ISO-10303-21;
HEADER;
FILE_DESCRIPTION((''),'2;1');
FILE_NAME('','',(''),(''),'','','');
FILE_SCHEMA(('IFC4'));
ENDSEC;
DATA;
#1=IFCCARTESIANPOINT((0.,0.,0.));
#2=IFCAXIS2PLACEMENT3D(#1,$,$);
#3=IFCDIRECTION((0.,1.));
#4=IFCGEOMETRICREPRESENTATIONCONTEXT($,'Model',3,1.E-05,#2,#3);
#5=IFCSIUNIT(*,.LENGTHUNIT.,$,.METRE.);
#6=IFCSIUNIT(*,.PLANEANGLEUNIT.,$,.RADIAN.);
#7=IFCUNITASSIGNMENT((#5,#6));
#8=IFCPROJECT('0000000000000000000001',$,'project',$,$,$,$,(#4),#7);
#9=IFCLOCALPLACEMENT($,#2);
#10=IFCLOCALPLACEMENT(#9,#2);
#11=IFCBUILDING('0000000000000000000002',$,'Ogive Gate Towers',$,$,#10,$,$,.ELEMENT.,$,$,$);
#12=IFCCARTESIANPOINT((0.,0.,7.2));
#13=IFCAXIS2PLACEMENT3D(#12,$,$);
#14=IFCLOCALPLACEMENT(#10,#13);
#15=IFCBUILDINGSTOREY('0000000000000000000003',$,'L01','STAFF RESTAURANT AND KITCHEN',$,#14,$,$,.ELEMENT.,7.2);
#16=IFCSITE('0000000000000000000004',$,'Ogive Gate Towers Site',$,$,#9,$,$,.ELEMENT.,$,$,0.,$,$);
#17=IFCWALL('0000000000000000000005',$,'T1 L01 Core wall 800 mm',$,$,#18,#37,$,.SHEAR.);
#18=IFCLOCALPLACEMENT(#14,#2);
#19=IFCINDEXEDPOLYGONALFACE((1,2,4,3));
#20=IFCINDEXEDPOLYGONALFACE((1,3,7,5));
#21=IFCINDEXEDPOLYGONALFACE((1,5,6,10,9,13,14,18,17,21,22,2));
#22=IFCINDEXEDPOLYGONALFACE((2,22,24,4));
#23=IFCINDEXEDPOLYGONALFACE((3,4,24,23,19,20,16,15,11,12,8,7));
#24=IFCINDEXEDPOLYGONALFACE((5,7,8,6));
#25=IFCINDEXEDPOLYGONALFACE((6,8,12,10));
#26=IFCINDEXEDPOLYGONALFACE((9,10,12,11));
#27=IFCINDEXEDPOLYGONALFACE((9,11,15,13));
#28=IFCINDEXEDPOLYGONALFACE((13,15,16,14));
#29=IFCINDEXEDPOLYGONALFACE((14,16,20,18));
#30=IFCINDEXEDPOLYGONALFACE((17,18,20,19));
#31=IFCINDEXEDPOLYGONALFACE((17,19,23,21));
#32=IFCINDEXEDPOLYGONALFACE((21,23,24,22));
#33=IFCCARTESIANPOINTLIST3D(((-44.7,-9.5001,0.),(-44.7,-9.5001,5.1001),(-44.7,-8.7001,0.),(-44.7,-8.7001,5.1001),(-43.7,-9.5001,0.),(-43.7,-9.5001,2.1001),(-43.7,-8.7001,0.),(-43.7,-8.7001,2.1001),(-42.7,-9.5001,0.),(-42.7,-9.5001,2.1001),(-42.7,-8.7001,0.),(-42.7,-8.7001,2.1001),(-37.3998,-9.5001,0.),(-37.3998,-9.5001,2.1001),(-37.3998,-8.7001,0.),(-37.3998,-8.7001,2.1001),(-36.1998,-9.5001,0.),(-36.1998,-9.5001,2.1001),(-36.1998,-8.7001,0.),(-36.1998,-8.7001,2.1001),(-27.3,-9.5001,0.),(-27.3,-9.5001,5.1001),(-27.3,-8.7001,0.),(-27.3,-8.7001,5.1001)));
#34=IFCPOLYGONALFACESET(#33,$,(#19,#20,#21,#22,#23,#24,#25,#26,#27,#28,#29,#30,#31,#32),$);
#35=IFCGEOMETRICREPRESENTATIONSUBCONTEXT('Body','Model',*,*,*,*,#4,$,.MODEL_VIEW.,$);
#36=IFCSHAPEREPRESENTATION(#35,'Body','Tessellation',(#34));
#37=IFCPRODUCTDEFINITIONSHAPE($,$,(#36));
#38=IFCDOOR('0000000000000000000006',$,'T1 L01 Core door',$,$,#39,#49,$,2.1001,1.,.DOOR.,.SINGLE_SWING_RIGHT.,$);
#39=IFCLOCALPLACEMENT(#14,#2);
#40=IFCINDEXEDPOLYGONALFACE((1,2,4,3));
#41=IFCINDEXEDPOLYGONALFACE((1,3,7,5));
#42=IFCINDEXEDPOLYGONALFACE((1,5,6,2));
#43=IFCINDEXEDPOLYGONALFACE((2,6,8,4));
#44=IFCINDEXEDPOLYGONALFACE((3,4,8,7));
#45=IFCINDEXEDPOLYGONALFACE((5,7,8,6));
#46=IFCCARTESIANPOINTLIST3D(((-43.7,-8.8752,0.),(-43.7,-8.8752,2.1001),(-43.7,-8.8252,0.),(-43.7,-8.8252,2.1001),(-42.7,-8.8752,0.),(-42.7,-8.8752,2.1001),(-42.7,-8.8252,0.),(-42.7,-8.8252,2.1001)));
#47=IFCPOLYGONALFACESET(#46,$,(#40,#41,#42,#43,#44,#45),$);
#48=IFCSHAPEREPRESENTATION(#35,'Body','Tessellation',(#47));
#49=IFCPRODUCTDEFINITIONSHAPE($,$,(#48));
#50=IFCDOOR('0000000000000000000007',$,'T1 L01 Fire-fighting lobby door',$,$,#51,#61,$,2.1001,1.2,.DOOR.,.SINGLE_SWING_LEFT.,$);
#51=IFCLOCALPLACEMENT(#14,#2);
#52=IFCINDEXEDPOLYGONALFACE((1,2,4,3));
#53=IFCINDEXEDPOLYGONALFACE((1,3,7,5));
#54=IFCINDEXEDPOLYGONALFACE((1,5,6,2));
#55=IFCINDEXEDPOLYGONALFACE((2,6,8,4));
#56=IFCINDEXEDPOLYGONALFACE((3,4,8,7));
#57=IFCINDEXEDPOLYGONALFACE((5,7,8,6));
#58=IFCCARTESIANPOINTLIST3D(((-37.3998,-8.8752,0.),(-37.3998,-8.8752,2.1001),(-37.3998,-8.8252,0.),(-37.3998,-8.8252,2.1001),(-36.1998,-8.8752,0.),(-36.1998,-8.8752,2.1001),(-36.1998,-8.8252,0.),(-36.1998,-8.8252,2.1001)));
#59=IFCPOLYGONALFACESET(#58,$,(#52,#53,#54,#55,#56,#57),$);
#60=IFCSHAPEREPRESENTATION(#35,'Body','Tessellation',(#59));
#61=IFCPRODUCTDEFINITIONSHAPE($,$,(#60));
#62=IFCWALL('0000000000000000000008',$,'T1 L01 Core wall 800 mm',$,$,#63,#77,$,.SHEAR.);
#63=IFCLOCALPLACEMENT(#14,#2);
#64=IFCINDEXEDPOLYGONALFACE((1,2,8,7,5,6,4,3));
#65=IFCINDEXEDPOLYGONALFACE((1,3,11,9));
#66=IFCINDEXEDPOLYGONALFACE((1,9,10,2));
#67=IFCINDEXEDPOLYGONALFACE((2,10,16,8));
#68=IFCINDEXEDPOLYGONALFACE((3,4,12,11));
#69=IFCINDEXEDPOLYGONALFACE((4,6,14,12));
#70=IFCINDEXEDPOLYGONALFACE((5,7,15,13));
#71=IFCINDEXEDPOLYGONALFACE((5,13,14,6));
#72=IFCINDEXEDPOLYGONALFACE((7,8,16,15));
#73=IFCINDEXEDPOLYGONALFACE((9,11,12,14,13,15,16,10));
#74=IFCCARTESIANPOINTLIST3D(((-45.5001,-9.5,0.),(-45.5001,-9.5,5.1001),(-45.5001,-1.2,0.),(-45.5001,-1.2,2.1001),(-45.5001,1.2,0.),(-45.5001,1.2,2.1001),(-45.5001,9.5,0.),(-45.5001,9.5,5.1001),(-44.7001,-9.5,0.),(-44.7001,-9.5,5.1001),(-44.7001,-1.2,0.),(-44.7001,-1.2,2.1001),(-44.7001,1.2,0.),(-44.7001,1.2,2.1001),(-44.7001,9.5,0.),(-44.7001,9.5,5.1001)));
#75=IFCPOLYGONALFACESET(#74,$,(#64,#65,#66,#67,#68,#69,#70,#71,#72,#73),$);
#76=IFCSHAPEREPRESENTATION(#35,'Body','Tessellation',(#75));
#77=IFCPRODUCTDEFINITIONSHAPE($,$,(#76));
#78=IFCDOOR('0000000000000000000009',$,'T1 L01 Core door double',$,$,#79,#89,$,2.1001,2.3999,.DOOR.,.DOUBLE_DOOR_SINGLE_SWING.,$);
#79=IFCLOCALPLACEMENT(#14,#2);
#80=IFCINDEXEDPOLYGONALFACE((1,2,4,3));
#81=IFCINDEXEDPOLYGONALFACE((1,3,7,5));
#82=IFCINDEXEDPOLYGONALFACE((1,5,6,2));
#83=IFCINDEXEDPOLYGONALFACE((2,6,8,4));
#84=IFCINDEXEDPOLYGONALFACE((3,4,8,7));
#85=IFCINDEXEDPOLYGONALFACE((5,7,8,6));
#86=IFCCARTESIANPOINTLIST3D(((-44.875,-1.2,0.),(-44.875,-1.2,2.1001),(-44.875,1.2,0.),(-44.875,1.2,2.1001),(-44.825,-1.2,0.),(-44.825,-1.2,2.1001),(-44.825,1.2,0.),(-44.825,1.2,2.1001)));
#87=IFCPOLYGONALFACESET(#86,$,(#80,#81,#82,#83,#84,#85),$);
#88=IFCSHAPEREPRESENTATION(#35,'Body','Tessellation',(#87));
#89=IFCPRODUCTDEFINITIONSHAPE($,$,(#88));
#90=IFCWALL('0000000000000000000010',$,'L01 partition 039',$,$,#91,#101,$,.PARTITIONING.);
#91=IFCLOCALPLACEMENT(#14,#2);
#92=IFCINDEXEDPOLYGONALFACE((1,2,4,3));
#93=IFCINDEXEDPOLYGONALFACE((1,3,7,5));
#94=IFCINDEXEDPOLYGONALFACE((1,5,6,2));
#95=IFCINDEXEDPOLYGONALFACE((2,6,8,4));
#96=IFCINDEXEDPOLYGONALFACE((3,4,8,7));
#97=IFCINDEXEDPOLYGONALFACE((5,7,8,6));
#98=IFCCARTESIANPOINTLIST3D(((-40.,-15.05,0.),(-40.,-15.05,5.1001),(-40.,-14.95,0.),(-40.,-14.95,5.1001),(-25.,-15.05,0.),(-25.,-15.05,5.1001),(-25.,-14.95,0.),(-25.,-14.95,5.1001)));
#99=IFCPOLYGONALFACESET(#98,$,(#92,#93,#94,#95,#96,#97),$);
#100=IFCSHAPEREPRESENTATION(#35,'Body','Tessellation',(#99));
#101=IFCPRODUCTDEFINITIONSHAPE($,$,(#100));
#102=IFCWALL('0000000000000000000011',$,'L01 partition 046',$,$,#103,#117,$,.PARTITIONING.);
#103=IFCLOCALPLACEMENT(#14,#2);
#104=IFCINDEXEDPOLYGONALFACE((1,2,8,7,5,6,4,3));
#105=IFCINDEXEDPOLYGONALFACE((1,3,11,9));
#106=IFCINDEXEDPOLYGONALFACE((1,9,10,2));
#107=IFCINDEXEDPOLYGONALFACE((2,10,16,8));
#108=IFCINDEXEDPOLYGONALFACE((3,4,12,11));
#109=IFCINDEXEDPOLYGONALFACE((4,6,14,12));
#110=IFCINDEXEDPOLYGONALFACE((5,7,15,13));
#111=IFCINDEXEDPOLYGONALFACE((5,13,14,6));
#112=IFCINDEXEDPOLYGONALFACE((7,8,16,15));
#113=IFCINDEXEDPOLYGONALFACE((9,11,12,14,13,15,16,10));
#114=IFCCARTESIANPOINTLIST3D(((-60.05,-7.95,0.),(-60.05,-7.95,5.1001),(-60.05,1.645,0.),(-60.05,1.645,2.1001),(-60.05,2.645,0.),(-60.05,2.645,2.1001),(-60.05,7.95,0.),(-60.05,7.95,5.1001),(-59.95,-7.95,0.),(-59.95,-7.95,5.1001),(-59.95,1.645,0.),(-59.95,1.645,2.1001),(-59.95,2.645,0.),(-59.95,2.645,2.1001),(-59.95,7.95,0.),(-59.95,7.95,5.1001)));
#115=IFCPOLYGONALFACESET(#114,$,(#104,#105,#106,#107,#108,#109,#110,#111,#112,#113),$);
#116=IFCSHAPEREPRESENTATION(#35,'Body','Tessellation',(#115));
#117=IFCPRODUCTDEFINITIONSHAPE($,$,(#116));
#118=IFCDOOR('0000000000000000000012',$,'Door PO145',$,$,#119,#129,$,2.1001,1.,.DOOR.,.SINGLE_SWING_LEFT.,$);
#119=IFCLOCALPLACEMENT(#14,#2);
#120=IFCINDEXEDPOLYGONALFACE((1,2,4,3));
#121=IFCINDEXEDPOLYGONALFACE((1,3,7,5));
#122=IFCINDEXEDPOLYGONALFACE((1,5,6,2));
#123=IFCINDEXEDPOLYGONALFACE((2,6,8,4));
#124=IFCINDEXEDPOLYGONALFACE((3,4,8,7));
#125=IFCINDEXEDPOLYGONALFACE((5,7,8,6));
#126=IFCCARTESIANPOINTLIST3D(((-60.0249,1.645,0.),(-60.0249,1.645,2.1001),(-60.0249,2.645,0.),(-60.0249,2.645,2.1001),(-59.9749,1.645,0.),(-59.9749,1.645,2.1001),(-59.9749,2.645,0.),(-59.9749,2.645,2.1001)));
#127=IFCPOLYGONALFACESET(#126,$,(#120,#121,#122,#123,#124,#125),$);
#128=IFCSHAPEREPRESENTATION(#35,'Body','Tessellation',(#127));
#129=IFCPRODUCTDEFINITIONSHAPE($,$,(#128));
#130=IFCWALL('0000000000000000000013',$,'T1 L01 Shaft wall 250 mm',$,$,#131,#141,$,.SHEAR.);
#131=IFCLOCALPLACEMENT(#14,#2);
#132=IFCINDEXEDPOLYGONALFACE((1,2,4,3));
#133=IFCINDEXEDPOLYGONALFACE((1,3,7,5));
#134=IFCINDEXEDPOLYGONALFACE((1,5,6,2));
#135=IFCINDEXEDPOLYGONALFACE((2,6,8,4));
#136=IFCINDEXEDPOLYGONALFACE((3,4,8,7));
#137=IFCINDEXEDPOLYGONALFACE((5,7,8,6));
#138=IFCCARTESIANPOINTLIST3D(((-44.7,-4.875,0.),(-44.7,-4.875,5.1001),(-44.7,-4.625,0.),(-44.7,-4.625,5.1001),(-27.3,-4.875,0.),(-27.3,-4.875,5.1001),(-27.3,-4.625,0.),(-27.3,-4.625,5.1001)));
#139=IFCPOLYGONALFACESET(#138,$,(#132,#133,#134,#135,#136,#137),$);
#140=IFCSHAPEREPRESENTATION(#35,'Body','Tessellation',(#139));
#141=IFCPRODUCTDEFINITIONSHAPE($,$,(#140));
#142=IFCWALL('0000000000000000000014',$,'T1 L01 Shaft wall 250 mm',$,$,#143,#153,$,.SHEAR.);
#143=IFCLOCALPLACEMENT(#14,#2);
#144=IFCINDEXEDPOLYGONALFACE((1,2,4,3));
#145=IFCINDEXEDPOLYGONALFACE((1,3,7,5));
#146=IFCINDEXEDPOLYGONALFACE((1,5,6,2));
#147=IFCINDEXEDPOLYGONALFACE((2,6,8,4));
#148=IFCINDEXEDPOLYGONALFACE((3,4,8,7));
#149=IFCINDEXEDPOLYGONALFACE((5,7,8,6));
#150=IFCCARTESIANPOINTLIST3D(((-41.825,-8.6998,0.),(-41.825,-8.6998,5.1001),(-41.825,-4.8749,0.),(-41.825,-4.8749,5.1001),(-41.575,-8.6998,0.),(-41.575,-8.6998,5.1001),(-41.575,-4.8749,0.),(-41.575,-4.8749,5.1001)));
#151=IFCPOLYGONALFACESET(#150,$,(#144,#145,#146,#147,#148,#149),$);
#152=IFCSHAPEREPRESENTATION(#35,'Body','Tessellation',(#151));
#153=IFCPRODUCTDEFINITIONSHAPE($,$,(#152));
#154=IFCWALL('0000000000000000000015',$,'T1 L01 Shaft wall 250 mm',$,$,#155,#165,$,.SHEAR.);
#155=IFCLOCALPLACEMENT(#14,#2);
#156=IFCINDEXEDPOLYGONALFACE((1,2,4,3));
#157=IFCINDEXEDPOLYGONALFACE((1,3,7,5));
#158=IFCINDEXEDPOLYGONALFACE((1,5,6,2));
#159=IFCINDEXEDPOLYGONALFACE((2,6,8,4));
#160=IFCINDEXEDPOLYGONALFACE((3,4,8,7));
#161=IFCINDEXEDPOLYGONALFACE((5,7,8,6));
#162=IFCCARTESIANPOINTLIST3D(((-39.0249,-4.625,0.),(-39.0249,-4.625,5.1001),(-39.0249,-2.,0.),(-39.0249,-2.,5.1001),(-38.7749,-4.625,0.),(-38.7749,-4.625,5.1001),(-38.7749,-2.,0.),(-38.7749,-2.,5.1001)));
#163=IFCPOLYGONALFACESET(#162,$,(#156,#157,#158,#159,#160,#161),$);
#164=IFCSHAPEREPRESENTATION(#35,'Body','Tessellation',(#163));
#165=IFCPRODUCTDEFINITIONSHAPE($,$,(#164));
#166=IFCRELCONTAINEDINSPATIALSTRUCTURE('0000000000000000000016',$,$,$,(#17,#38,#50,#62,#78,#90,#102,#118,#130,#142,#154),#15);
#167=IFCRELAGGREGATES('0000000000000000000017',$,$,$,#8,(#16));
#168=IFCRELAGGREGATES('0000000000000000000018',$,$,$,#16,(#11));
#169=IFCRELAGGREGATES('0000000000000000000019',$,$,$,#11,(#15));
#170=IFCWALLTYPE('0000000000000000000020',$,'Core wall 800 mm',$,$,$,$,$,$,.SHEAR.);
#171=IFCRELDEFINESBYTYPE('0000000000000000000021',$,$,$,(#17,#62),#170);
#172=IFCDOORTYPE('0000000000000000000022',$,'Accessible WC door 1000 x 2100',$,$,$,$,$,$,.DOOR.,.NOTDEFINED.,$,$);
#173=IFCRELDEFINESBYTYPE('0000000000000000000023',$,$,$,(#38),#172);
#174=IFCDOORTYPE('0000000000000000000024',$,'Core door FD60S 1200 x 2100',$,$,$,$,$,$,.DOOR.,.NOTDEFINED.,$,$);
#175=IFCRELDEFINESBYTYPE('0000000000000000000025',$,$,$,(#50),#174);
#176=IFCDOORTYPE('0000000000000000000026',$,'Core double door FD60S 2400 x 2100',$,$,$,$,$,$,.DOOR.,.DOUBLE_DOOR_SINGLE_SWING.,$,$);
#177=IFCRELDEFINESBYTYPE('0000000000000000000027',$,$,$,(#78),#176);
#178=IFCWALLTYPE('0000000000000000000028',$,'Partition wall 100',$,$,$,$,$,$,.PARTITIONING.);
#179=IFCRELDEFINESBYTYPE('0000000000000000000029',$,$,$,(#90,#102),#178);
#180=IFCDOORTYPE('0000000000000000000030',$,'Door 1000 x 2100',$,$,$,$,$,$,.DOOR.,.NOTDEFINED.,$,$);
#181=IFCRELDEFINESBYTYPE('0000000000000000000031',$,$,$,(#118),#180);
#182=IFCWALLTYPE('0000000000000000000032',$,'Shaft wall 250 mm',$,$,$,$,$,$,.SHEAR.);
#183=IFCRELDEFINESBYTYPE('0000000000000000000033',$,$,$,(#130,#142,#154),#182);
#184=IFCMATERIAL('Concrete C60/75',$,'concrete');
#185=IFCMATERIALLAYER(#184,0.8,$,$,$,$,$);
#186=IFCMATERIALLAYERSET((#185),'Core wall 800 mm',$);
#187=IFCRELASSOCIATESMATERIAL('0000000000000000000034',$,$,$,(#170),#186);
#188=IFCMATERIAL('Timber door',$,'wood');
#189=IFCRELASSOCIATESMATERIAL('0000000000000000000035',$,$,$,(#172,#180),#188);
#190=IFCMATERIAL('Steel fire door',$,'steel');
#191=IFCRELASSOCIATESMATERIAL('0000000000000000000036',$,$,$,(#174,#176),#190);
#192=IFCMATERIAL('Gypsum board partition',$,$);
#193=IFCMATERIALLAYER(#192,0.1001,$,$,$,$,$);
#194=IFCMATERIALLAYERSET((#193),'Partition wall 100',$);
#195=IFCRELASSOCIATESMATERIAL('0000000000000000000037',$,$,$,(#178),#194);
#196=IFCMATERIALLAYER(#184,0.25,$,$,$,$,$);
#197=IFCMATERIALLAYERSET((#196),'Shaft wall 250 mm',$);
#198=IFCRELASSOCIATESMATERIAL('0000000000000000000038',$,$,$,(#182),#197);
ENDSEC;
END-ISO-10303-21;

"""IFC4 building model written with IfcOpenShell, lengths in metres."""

from ifc_helpers import new_model, si_unit, direction, frame, frame_2d, origin, place, context, subcontext, project, spatial, rectangle, extrude, material, layer, layer_set, type_object, element, fill, save


model = new_model("IFC4")

# Units and contexts
model_context = context("Model", 3, precision=1e-05, world=origin(), true_north=direction((0.0, 1.0)))
body_context = subcontext(model_context, "Body", "Model", "MODEL_VIEW")
ifc_project = project(units=[si_unit("LENGTHUNIT", "METRE"), si_unit("PLANEANGLEUNIT", "RADIAN")], contexts=[model_context])

# Site, building, storey
site_placement = place(None, origin())
site = spatial("IfcSite", under=ifc_project, at=site_placement, Name="Ogive Gate Towers Site", CompositionType="ELEMENT", RefElevation=0.0)
building_placement = place(site_placement, origin())
building = spatial("IfcBuilding", under=site, at=building_placement, Name="Ogive Gate Towers", CompositionType="ELEMENT")
storey_placement = place(building_placement, frame((0.0, 0.0, 7.2)))
storey = spatial("IfcBuildingStorey", under=building, at=storey_placement, Name="L01", Description="STAFF RESTAURANT AND KITCHEN", CompositionType="ELEMENT", Elevation=7.2)

# Wall, openings, doors
ifc_material_1 = material(Name="Concrete C60/75", Category="concrete")
ifc_layer_1 = layer(ifc_material_1, 0.8)
ifc_layer_set_1 = layer_set([ifc_layer_1], Name="Core wall 800 mm")
wall_type_1 = type_object("IfcWallType", Name="Core wall 800 mm", PredefinedType="SHEAR", material=ifc_layer_set_1)
wall_1_placement = place(storey_placement, frame((-44.7, -9.1001, 0.0), z_axis=(0.0, 0.0, 1.0), x_axis=(1.0, 0.0, 0.0)))
wall_1 = element("IfcWall", 1, at=wall_1_placement, inside=storey, type_object=wall_type_1, Name="T1 L01 Core wall 800 mm", PredefinedType="SHEAR", context=body_context, shape_type="SweptSolid", body=[
    extrude(rectangle(XDim=17.3999, YDim=0.8, at=frame_2d((8.7, 0.0))), origin(), (0.0, 0.0, 1.0), 5.1001),
])
opening_1_placement = place(wall_1_placement, frame((7.3, 0.0, 0.0)))
opening_1 = element("IfcOpeningElement", 2, at=opening_1_placement, cuts=wall_1, PredefinedType="OPENING", context=body_context, shape_type="SweptSolid", body=[
    extrude(rectangle(XDim=1.2, YDim=2.1001, at=frame_2d((0.6001, 1.05))), frame((0.0, 0.4102, 0.0), z_axis=(0.0, -1.0, 0.0), x_axis=(1.0, 0.0, 0.0)), (0.0, 0.0, 1.0), 0.8201),
])
opening_2_placement = place(wall_1_placement, frame((1.0, 0.0, 0.0)))
opening_2 = element("IfcOpeningElement", 3, at=opening_2_placement, cuts=wall_1, PredefinedType="OPENING", context=body_context, shape_type="SweptSolid", body=[
    extrude(rectangle(XDim=1.0, YDim=2.1001, at=frame_2d((0.5, 1.05))), frame((0.0, 0.4102, 0.0), z_axis=(0.0, -1.0, 0.0), x_axis=(1.0, 0.0, 0.0)), (0.0, 0.0, 1.0), 0.8201),
])
ifc_material_2 = material(Name="Timber door", Category="wood")
door_type_1 = type_object("IfcDoorType", Name="Accessible WC door 1000 x 2100", OperationType="NOTDEFINED", PredefinedType="DOOR", material=ifc_material_2)
door_1_placement = place(opening_2_placement, origin())
door_1 = element("IfcDoor", 4, at=door_1_placement, inside=storey, type_object=door_type_1, Name="T1 L01 Core door", OperationType="SINGLE_SWING_RIGHT", OverallHeight=2.1001, OverallWidth=1.0, PredefinedType="DOOR", context=body_context, shape_type="SweptSolid", body=[
    extrude(rectangle(XDim=1.0, YDim=2.1001, at=frame_2d((0.5, 1.05))), frame((0.0, 0.2749, 0.0), z_axis=(0.0, -1.0, 0.0), x_axis=(1.0, 0.0, 0.0)), (0.0, 0.0, 1.0), 0.05),
])
fill(opening_2, door_1)
ifc_material_3 = material(Name="Steel fire door", Category="steel")
door_type_2 = type_object("IfcDoorType", Name="Core door FD60S 1200 x 2100", OperationType="NOTDEFINED", PredefinedType="DOOR", material=ifc_material_3)
door_2_placement = place(opening_1_placement, origin())
door_2 = element("IfcDoor", 5, at=door_2_placement, inside=storey, type_object=door_type_2, Name="T1 L01 Fire-fighting lobby door", OperationType="SINGLE_SWING_LEFT", OverallHeight=2.1001, OverallWidth=1.2, PredefinedType="DOOR", context=body_context, shape_type="SweptSolid", body=[
    extrude(rectangle(XDim=1.2, YDim=2.1001, at=frame_2d((0.6001, 1.05))), frame((0.0, 0.2749, 0.0), z_axis=(0.0, -1.0, 0.0), x_axis=(1.0, 0.0, 0.0)), (0.0, 0.0, 1.0), 0.05),
])
fill(opening_1, door_2)

# Wall, opening, door
wall_2_placement = place(storey_placement, frame((-45.1001, -9.5, 0.0), z_axis=(0.0, 0.0, 1.0), x_axis=(0.0, 1.0, 0.0)))
wall_2 = element("IfcWall", 6, at=wall_2_placement, inside=storey, type_object=wall_type_1, Name="T1 L01 Core wall 800 mm", PredefinedType="SHEAR", context=body_context, shape_type="SweptSolid", body=[
    extrude(rectangle(XDim=19.0, YDim=0.8, at=frame_2d((9.5, 0.0))), origin(), (0.0, 0.0, 1.0), 5.1001),
])
opening_3_placement = place(wall_2_placement, frame((8.3, 0.0, 0.0)))
opening_3 = element("IfcOpeningElement", 7, at=opening_3_placement, cuts=wall_2, PredefinedType="OPENING", context=body_context, shape_type="SweptSolid", body=[
    extrude(rectangle(XDim=2.3999, YDim=2.1001, at=frame_2d((1.2, 1.05))), frame((0.0, 0.4102, 0.0), z_axis=(0.0, -1.0, 0.0), x_axis=(1.0, 0.0, 0.0)), (0.0, 0.0, 1.0), 0.8201),
])
door_type_3 = type_object("IfcDoorType", Name="Core double door FD60S 2400 x 2100", OperationType="DOUBLE_DOOR_SINGLE_SWING", PredefinedType="DOOR", material=ifc_material_3)
door_3_placement = place(opening_3_placement, origin())
door_3 = element("IfcDoor", 8, at=door_3_placement, inside=storey, type_object=door_type_3, Name="T1 L01 Core door double", OperationType="DOUBLE_DOOR_SINGLE_SWING", OverallHeight=2.1001, OverallWidth=2.3999, PredefinedType="DOOR", context=body_context, shape_type="SweptSolid", body=[
    extrude(rectangle(XDim=2.3999, YDim=2.1001, at=frame_2d((1.2, 1.05))), frame((0.0, -0.2251, 0.0), z_axis=(0.0, -1.0, 0.0), x_axis=(1.0, 0.0, 0.0)), (0.0, 0.0, 1.0), 0.05),
])
fill(opening_3, door_3)

# Wall
ifc_material_4 = material(Name="Gypsum board partition")
ifc_layer_2 = layer(ifc_material_4, 0.1001)
ifc_layer_set_2 = layer_set([ifc_layer_2], Name="Partition wall 100")
wall_type_2 = type_object("IfcWallType", Name="Partition wall 100", PredefinedType="PARTITIONING", material=ifc_layer_set_2)
wall_3_placement = place(storey_placement, frame((-40.0, -15.0, 0.0), z_axis=(0.0, 0.0, 1.0), x_axis=(1.0, 0.0, 0.0)))
element("IfcWall", 9, at=wall_3_placement, inside=storey, type_object=wall_type_2, Name="L01 partition 039", PredefinedType="PARTITIONING", context=body_context, shape_type="SweptSolid", body=[
    extrude(rectangle(XDim=15.0, YDim=0.1001, at=frame_2d((7.5, 0.0))), origin(), (0.0, 0.0, 1.0), 5.1001),
])

# Wall, opening, door
wall_4_placement = place(storey_placement, frame((-60.0, -7.95, 0.0), z_axis=(0.0, 0.0, 1.0), x_axis=(0.0, 1.0, 0.0)))
wall_4 = element("IfcWall", 10, at=wall_4_placement, inside=storey, type_object=wall_type_2, Name="L01 partition 046", PredefinedType="PARTITIONING", context=body_context, shape_type="SweptSolid", body=[
    extrude(rectangle(XDim=15.8999, YDim=0.1001, at=frame_2d((7.95, 0.0))), origin(), (0.0, 0.0, 1.0), 5.1001),
])
opening_4_placement = place(wall_4_placement, frame((9.595, 0.0, 0.0)))
opening_4 = element("IfcOpeningElement", 11, at=opening_4_placement, cuts=wall_4, PredefinedType="OPENING", context=body_context, shape_type="SweptSolid", body=[
    extrude(rectangle(XDim=1.0, YDim=2.1001, at=frame_2d((0.5, 1.05))), frame((0.0, 0.0601, 0.0), z_axis=(0.0, -1.0, 0.0), x_axis=(1.0, 0.0, 0.0)), (0.0, 0.0, 1.0), 0.1201),
])
door_type_4 = type_object("IfcDoorType", Name="Door 1000 x 2100", OperationType="NOTDEFINED", PredefinedType="DOOR", material=ifc_material_2)
door_4_placement = place(opening_4_placement, origin())
door_4 = element("IfcDoor", 12, at=door_4_placement, inside=storey, type_object=door_type_4, Name="Door PO145", OperationType="SINGLE_SWING_LEFT", OverallHeight=2.1001, OverallWidth=1.0, PredefinedType="DOOR", context=body_context, shape_type="SweptSolid", body=[
    extrude(rectangle(XDim=1.0, YDim=2.1001, at=frame_2d((0.5, 1.05))), frame((0.0, 0.0249, 0.0), z_axis=(0.0, -1.0, 0.0), x_axis=(1.0, 0.0, 0.0)), (0.0, 0.0, 1.0), 0.05),
])
fill(opening_4, door_4)

# Walls
ifc_layer_3 = layer(ifc_material_1, 0.25)
ifc_layer_set_3 = layer_set([ifc_layer_3], Name="Shaft wall 250 mm")
wall_type_3 = type_object("IfcWallType", Name="Shaft wall 250 mm", PredefinedType="SHEAR", material=ifc_layer_set_3)
wall_5_placement = place(storey_placement, frame((-44.7, -4.75, 0.0), z_axis=(0.0, 0.0, 1.0), x_axis=(1.0, 0.0, 0.0)))
element("IfcWall", 13, at=wall_5_placement, inside=storey, type_object=wall_type_3, Name="T1 L01 Shaft wall 250 mm", PredefinedType="SHEAR", context=body_context, shape_type="SweptSolid", body=[
    extrude(rectangle(XDim=17.3999, YDim=0.25, at=frame_2d((8.7, 0.0))), origin(), (0.0, 0.0, 1.0), 5.1001),
])
wall_6_placement = place(storey_placement, frame((-41.7, -8.7, 0.0), z_axis=(0.0, 0.0, 1.0), x_axis=(0.0, 1.0, 0.0)))
element("IfcWall", 14, at=wall_6_placement, inside=storey, type_object=wall_type_3, Name="T1 L01 Shaft wall 250 mm", PredefinedType="SHEAR", context=body_context, shape_type="SweptSolid", body=[
    extrude(rectangle(XDim=3.825, YDim=0.25, at=frame_2d((1.9126, 0.0))), origin(), (0.0, 0.0, 1.0), 5.1001),
])
wall_7_placement = place(storey_placement, frame((-38.8999, -4.625, 0.0), z_axis=(0.0, 0.0, 1.0), x_axis=(0.0, 1.0, 0.0)))
element("IfcWall", 15, at=wall_7_placement, inside=storey, type_object=wall_type_3, Name="T1 L01 Shaft wall 250 mm", PredefinedType="SHEAR", context=body_context, shape_type="SweptSolid", body=[
    extrude(rectangle(XDim=2.625, YDim=0.25, at=frame_2d((1.3125, 0.0))), origin(), (0.0, 0.0, 1.0), 5.1001),
])

save(model, "model.ifc")
